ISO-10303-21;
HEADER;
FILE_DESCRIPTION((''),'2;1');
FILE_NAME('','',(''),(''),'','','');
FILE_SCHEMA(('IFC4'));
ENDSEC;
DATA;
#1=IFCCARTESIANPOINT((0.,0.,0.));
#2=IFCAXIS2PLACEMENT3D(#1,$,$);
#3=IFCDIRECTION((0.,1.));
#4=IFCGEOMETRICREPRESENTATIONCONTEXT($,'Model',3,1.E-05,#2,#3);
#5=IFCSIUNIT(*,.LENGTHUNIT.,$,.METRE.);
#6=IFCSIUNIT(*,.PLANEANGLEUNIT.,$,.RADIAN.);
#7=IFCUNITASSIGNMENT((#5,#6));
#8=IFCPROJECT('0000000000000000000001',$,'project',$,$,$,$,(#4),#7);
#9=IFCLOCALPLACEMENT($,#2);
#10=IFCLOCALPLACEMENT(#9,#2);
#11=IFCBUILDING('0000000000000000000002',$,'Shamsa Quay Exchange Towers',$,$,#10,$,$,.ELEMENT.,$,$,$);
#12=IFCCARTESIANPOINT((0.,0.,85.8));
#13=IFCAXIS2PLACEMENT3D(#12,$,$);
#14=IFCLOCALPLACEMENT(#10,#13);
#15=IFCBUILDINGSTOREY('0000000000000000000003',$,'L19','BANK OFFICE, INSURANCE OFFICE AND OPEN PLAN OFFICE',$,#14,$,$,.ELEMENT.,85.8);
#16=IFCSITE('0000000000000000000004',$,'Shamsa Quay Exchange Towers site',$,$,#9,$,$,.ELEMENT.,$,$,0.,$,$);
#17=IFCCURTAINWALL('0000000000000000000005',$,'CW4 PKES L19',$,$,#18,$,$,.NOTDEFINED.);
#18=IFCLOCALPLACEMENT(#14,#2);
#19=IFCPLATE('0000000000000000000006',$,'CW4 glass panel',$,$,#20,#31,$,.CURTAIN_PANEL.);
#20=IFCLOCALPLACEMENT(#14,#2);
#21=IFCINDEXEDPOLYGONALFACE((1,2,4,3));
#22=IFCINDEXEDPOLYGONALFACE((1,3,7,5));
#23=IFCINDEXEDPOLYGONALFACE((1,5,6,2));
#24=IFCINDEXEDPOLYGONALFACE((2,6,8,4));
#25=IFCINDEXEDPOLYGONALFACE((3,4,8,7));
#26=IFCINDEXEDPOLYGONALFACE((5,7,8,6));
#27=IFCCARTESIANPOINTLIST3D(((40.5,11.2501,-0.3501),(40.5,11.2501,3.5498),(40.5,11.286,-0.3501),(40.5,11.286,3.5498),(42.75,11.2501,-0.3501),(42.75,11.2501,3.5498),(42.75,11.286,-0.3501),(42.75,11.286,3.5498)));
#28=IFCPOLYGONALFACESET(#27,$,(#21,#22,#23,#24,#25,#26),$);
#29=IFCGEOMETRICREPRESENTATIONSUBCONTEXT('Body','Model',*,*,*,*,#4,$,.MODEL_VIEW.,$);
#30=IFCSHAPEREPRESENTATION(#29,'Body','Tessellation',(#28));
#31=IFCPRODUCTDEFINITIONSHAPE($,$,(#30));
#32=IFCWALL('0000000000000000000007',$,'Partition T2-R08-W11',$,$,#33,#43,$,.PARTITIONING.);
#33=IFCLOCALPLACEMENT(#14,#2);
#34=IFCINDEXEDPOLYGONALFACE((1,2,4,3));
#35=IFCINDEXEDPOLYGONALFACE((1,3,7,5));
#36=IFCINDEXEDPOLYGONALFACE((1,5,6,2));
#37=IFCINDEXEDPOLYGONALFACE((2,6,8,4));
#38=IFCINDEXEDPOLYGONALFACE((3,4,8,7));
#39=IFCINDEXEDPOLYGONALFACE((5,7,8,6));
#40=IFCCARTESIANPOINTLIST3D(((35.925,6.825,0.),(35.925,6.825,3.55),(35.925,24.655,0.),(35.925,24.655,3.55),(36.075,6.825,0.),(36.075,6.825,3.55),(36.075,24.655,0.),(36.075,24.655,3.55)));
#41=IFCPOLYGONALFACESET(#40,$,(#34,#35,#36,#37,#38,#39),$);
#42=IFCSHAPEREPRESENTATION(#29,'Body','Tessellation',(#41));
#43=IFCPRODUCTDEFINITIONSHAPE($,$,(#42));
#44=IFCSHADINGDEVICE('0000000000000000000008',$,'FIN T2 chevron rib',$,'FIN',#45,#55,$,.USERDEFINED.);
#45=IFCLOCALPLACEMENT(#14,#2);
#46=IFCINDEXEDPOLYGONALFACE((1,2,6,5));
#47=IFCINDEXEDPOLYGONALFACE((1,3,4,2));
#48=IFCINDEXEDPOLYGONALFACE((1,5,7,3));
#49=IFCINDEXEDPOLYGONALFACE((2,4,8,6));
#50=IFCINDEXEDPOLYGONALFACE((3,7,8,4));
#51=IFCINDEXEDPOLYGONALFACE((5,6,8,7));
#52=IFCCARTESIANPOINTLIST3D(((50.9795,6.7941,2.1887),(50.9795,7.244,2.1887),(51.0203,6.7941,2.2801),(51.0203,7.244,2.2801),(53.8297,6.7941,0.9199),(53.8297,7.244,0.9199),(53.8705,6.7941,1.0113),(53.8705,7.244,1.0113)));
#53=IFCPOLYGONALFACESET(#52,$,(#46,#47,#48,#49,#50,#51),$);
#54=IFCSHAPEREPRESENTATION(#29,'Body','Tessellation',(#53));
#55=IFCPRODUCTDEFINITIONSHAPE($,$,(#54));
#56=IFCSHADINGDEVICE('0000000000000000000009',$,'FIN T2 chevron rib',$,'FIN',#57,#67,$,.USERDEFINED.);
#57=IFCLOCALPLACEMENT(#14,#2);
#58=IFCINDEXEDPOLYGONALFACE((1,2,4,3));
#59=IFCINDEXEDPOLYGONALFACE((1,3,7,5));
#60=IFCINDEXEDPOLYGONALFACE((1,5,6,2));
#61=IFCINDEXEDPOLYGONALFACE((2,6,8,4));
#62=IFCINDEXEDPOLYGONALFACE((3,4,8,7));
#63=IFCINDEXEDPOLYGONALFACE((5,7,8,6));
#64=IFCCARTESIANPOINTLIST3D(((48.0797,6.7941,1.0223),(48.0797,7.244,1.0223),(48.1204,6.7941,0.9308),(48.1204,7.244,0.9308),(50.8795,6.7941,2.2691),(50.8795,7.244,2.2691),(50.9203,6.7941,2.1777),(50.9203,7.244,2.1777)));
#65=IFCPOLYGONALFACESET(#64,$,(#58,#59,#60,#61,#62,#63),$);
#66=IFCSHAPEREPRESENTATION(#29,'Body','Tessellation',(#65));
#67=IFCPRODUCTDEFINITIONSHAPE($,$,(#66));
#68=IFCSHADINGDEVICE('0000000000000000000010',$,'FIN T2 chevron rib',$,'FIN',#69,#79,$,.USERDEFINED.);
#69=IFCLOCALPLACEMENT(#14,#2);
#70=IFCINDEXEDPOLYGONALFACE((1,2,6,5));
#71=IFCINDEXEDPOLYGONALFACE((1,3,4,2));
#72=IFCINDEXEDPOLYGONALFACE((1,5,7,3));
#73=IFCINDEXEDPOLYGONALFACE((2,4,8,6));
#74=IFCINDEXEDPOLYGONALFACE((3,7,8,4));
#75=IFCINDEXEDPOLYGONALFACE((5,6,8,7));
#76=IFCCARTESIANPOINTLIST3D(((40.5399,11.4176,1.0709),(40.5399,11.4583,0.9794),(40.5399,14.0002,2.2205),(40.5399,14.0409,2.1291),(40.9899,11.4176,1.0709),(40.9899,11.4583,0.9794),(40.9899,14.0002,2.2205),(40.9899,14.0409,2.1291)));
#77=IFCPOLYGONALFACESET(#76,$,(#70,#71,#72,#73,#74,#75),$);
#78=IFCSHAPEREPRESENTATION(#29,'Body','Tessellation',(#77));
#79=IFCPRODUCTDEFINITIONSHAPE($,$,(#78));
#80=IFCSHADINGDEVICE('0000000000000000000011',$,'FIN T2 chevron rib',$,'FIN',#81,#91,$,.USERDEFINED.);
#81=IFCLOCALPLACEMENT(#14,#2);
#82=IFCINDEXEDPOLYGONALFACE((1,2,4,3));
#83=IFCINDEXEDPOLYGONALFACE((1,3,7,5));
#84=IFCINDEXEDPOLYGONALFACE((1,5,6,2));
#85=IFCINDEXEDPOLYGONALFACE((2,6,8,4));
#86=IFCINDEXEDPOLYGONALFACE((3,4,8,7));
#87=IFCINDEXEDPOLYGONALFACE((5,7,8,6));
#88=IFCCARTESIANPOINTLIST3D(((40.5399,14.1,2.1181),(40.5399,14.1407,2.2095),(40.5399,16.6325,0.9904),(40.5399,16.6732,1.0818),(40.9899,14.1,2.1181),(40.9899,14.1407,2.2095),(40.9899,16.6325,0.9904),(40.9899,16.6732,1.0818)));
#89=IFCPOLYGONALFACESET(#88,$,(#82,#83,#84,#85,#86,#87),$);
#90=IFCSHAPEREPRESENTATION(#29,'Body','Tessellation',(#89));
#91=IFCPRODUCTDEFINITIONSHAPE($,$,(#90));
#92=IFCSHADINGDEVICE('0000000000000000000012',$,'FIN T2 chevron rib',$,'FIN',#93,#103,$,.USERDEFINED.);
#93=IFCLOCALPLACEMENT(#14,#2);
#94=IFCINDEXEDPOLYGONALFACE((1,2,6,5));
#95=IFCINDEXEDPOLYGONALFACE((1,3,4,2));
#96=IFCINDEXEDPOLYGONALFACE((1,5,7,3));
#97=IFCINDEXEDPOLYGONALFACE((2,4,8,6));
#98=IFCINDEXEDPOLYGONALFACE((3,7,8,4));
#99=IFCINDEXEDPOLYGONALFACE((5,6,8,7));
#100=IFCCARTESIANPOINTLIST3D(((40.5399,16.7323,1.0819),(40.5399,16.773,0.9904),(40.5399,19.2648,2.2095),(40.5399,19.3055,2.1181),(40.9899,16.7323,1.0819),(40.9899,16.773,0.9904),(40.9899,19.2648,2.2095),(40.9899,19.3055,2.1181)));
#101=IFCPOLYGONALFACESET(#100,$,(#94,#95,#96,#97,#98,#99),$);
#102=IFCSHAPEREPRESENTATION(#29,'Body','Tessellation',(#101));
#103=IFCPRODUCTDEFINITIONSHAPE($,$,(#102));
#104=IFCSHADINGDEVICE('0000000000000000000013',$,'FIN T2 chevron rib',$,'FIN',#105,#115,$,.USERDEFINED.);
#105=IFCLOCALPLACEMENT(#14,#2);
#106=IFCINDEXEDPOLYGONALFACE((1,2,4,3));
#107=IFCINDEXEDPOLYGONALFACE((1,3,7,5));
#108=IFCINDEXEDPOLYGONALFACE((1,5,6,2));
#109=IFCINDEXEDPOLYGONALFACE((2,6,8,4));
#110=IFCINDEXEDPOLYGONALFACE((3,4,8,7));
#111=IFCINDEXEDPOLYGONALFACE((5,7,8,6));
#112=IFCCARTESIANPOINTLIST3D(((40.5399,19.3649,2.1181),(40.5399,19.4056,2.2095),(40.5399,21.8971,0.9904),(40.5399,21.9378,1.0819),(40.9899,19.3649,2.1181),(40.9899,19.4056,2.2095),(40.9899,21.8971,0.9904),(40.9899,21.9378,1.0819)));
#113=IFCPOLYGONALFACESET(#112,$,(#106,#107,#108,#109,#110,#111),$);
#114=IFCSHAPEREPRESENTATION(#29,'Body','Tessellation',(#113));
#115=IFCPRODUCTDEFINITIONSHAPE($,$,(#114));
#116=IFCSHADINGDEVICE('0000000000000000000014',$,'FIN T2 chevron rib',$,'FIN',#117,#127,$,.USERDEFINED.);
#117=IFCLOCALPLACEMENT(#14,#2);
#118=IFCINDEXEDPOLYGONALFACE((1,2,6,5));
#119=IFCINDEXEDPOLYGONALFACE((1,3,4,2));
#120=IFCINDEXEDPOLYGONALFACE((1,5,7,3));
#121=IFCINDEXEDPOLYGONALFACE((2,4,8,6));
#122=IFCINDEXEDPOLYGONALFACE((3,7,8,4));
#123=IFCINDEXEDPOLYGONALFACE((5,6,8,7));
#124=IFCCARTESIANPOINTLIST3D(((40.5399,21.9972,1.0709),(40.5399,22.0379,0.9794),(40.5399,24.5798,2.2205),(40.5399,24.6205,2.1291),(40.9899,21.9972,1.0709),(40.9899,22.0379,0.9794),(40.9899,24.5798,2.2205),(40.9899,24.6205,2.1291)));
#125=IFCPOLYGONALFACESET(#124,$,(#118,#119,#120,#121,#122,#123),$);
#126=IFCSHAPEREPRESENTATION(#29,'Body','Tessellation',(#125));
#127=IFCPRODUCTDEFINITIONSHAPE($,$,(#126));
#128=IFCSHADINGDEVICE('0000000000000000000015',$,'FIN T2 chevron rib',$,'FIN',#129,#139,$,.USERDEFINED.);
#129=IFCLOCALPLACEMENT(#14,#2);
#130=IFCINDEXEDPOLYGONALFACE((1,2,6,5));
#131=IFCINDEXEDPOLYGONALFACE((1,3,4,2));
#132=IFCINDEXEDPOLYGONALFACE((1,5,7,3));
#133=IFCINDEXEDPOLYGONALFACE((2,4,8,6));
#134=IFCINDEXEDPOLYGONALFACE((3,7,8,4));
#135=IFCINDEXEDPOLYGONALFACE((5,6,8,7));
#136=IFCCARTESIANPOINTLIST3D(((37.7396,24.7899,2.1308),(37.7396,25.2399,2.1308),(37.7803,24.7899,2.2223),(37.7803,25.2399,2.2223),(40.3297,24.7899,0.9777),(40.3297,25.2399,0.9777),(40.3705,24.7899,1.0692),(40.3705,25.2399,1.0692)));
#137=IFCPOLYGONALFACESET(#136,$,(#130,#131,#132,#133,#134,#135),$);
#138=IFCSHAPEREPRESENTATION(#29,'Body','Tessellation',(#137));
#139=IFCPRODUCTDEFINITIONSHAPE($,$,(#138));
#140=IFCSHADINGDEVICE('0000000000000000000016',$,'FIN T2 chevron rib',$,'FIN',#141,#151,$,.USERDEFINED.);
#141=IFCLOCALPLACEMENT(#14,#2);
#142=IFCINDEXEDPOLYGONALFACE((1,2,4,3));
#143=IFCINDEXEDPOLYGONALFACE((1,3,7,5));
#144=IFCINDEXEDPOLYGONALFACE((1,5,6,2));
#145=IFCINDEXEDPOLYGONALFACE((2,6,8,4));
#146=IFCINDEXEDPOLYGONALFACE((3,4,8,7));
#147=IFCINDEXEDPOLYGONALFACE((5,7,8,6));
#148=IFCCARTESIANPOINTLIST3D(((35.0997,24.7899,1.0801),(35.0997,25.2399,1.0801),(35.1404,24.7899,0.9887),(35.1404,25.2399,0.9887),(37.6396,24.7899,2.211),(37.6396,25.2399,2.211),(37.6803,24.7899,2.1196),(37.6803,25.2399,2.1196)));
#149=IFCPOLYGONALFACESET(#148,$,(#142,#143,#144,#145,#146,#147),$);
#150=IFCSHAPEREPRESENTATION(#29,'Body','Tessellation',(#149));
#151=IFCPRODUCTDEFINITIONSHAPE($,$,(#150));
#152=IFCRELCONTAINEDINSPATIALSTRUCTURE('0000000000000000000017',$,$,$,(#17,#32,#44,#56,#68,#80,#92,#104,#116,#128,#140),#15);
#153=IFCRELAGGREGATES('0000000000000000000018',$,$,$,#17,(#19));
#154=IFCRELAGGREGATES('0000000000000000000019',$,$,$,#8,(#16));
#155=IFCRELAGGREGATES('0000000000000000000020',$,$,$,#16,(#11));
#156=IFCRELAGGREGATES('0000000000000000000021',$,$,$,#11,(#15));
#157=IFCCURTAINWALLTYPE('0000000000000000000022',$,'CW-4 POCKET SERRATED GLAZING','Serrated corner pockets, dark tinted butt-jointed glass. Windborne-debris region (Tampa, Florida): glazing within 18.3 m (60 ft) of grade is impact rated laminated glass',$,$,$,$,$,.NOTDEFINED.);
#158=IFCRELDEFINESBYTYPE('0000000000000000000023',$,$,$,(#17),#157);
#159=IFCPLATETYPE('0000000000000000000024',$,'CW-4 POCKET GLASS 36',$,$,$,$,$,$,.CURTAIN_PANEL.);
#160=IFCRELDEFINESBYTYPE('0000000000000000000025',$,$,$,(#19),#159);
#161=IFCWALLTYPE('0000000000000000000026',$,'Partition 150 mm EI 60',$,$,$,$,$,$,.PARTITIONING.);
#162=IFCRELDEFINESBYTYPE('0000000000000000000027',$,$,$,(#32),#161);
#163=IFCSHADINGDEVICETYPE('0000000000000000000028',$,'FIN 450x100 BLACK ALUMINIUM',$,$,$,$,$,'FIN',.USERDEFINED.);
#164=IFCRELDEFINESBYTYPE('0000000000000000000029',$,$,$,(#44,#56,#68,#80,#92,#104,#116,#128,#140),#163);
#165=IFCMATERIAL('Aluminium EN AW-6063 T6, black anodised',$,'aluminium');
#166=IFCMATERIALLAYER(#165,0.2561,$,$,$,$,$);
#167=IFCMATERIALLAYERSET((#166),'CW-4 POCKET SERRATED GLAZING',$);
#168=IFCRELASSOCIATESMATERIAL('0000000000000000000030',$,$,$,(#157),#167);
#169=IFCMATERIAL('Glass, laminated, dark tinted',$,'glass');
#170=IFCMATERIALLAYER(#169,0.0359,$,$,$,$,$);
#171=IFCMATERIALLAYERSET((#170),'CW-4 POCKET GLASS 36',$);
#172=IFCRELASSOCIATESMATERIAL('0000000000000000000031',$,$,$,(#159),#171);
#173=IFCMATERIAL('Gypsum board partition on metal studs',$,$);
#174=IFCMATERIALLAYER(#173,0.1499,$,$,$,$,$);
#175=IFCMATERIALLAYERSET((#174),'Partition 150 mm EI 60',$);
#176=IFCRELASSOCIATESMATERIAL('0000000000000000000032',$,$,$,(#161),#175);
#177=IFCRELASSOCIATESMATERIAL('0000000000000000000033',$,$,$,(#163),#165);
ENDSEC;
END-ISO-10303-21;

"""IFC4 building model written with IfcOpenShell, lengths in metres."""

from ifc_helpers import new_model, si_unit, direction, frame, frame_2d, origin, origin_2d, place, context, subcontext, project, spatial, rectangle, extrude, material, layer, layer_set, material_profile, profile_set, type_object, element, aggregate, save


model = new_model("IFC4")

# Units and contexts
model_context = context("Model", 3, precision=1e-05, world=origin(), true_north=direction((0.0, 1.0)))
body_context = subcontext(model_context, "Body", "Model", "MODEL_VIEW")
ifc_project = project(units=[si_unit("LENGTHUNIT", "METRE"), si_unit("PLANEANGLEUNIT", "RADIAN")], contexts=[model_context])

# Site, building, storey
site_placement = place(None, origin())
site = spatial("IfcSite", under=ifc_project, at=site_placement, Name="Shamsa Quay Exchange Towers site", CompositionType="ELEMENT", RefElevation=0.0)
building_placement = place(site_placement, origin())
building = spatial("IfcBuilding", under=site, at=building_placement, Name="Shamsa Quay Exchange Towers", CompositionType="ELEMENT")
storey_placement = place(building_placement, frame((0.0, 0.0, 85.8)))
storey = spatial("IfcBuildingStorey", under=building, at=storey_placement, Name="L19", Description="BANK OFFICE, INSURANCE OFFICE AND OPEN PLAN OFFICE", CompositionType="ELEMENT", Elevation=85.8)

# Shared definitions
ifc_material_1 = material(Name="Aluminium EN AW-6063 T6, black anodised", Category="aluminium")
ifc_material_2 = material(Name="Glass, laminated, dark tinted", Category="glass")

# Curtain wall, plate
ifc_layer_1 = layer(ifc_material_1, 0.2561)
ifc_layer_set_1 = layer_set([ifc_layer_1], Name="CW-4 POCKET SERRATED GLAZING")
curtain_wall_type_1 = type_object("IfcCurtainWallType", Name="CW-4 POCKET SERRATED GLAZING", Description="Serrated corner pockets, dark tinted butt-jointed glass. Windborne-debris region (Tampa, Florida): glazing within 18.3 m (60 ft) of grade is impact rated laminated glass", PredefinedType="NOTDEFINED", material=ifc_layer_set_1)
curtain_wall_1_placement = place(storey_placement, origin())
curtain_wall_1 = element("IfcCurtainWall", 1, at=curtain_wall_1_placement, inside=storey, type_object=curtain_wall_type_1, Name="CW4 PKES L19", PredefinedType="NOTDEFINED")
ifc_layer_2 = layer(ifc_material_2, 0.0359)
ifc_layer_set_2 = layer_set([ifc_layer_2], Name="CW-4 POCKET GLASS 36")
plate_type_1 = type_object("IfcPlateType", Name="CW-4 POCKET GLASS 36", PredefinedType="CURTAIN_PANEL", material=ifc_layer_set_2)
plate_1_placement = place(storey_placement, frame((41.625, 11.2681, -0.3501), z_axis=(0.0, 0.0, 1.0), x_axis=(-1.0, 0.0, 0.0)))
plate_1 = element("IfcPlate", 2, at=plate_1_placement, type_object=plate_type_1, Name="CW4 glass panel", PredefinedType="CURTAIN_PANEL", context=body_context, shape_type="SweptSolid", body=[
    extrude(rectangle(XDim=2.25, YDim=0.0359, at=origin_2d()), origin(), (0.0, 0.0, 1.0), 3.8999),
])
aggregate(curtain_wall_1, [plate_1])

# Wall
ifc_material_3 = material(Name="Gypsum board partition on metal studs")
ifc_layer_3 = layer(ifc_material_3, 0.1499)
ifc_layer_set_3 = layer_set([ifc_layer_3], Name="Partition 150 mm EI 60")
wall_type = type_object("IfcWallType", Name="Partition 150 mm EI 60", PredefinedType="PARTITIONING", material=ifc_layer_set_3)
wall_placement = place(storey_placement, frame((36.0, 24.655, 0.0), z_axis=(0.0, 0.0, 1.0), x_axis=(0.0, -1.0, 0.0)))
element("IfcWall", 3, at=wall_placement, inside=storey, type_object=wall_type, Name="Partition T2-R08-W11", PredefinedType="PARTITIONING", context=body_context, shape_type="SweptSolid", body=[
    extrude(rectangle(XDim=17.8301, YDim=0.1499, at=frame_2d((8.915, 0.0))), origin(), (0.0, 0.0, 1.0), 3.55),
])

# Shading devices
ifc_material_profile_1 = material_profile(ifc_material_1, rectangle(XDim=0.45, YDim=0.1001, at=origin_2d()), Name="FIN450x100")
ifc_profile_set_1 = profile_set([ifc_material_profile_1], Name="Aluminium EN AW-6063 T6, black anodised")
shading_device_type = type_object("IfcShadingDeviceType", Name="FIN 450x100 BLACK ALUMINIUM", ElementType="FIN", PredefinedType="USERDEFINED", material=ifc_profile_set_1)
shading_device_1_placement = place(storey_placement, frame((53.8501, 7.019, 0.9656), z_axis=(-0.913563, 0.0, 0.406697), x_axis=(0.0, -1.0, 0.0)))
element("IfcShadingDevice", 4, at=shading_device_1_placement, inside=storey, type_object=shading_device_type, Name="FIN T2 chevron rib", ObjectType="FIN", PredefinedType="USERDEFINED", context=body_context, shape_type="SweptSolid", body=[
    extrude(rectangle(XDim=0.45, YDim=0.1001, at=origin_2d()), origin(), (0.0, 0.0, 1.0), 3.1199),
])
shading_device_2_placement = place(storey_placement, frame((50.8999, 7.019, 2.2234), z_axis=(-0.913512, 0.0, -0.406811), x_axis=(0.0, -1.0, 0.0)))
element("IfcShadingDevice", 5, at=shading_device_2_placement, inside=storey, type_object=shading_device_type, Name="FIN T2 chevron rib", ObjectType="FIN", PredefinedType="USERDEFINED", context=body_context, shape_type="SweptSolid", body=[
    extrude(rectangle(XDim=0.45, YDim=0.1001, at=origin_2d()), origin(), (0.0, 0.0, 1.0), 3.0649),
])
shading_device_3_placement = place(storey_placement, frame((40.7649, 11.438, 1.0251), z_axis=(0.0, 0.913566, 0.406691), x_axis=(-1.0, 0.0, 0.0)))
element("IfcShadingDevice", 6, at=shading_device_3_placement, inside=storey, type_object=shading_device_type, Name="FIN T2 chevron rib", ObjectType="FIN", PredefinedType="USERDEFINED", context=body_context, shape_type="SweptSolid", body=[
    extrude(rectangle(XDim=0.45, YDim=0.1001, at=origin_2d()), origin(), (0.0, 0.0, 1.0), 2.8269),
])
for number, where, z_axis, x_axis, name in (
    (7, (40.7649, 14.1204, 2.1638), (0.0, 0.913524, -0.406784), (-1.0, 0.0, 0.0), "FIN T2 chevron rib"),
    (8, (40.7649, 16.7527, 1.0361), (0.0, 0.913524, 0.406784), (-1.0, 0.0, 0.0), "FIN T2 chevron rib"),
):
    element("IfcShadingDevice", number, at=place(storey_placement, frame(where, z_axis=z_axis, x_axis=x_axis)), inside=storey, type_object=shading_device_type, Name=name, ObjectType="FIN", PredefinedType="USERDEFINED", context=body_context, shape_type="SweptSolid", body=[
        extrude(rectangle(XDim=0.45, YDim=0.1001, at=origin_2d()), origin(), (0.0, 0.0, 1.0), 2.7722),
    ])
shading_device_4_placement = place(storey_placement, frame((40.7649, 19.3853, 2.1638), z_axis=(0.0, 0.91351, -0.406817), x_axis=(-1.0, 0.0, 0.0)))
element("IfcShadingDevice", 9, at=shading_device_4_placement, inside=storey, type_object=shading_device_type, Name="FIN T2 chevron rib", ObjectType="FIN", PredefinedType="USERDEFINED", context=body_context, shape_type="SweptSolid", body=[
    extrude(rectangle(XDim=0.45, YDim=0.1001, at=origin_2d()), origin(), (0.0, 0.0, 1.0), 2.772),
])
shading_device_5_placement = place(storey_placement, frame((40.7649, 22.0176, 1.0251), z_axis=(0.0, 0.913566, 0.406691), x_axis=(-1.0, 0.0, 0.0)))
element("IfcShadingDevice", 10, at=shading_device_5_placement, inside=storey, type_object=shading_device_type, Name="FIN T2 chevron rib", ObjectType="FIN", PredefinedType="USERDEFINED", context=body_context, shape_type="SweptSolid", body=[
    extrude(rectangle(XDim=0.45, YDim=0.1001, at=origin_2d()), origin(), (0.0, 0.0, 1.0), 2.8269),
])
shading_device_6_placement = place(storey_placement, frame((40.3501, 25.0149, 1.0234), z_axis=(-0.913559, 0.0, 0.406706), x_axis=(0.0, -1.0, 0.0)))
element("IfcShadingDevice", 11, at=shading_device_6_placement, inside=storey, type_object=shading_device_type, Name="FIN T2 chevron rib", ObjectType="FIN", PredefinedType="USERDEFINED", context=body_context, shape_type="SweptSolid", body=[
    extrude(rectangle(XDim=0.45, YDim=0.1001, at=origin_2d()), origin(), (0.0, 0.0, 1.0), 2.8352),
])
shading_device_7_placement = place(storey_placement, frame((37.6599, 25.0149, 2.1653), z_axis=(-0.913536, 0.0, -0.406758), x_axis=(0.0, -1.0, 0.0)))
element("IfcShadingDevice", 12, at=shading_device_7_placement, inside=storey, type_object=shading_device_type, Name="FIN T2 chevron rib", ObjectType="FIN", PredefinedType="USERDEFINED", context=body_context, shape_type="SweptSolid", body=[
    extrude(rectangle(XDim=0.45, YDim=0.1001, at=origin_2d()), origin(), (0.0, 0.0, 1.0), 2.7803),
])

save(model, "model.ifc")
